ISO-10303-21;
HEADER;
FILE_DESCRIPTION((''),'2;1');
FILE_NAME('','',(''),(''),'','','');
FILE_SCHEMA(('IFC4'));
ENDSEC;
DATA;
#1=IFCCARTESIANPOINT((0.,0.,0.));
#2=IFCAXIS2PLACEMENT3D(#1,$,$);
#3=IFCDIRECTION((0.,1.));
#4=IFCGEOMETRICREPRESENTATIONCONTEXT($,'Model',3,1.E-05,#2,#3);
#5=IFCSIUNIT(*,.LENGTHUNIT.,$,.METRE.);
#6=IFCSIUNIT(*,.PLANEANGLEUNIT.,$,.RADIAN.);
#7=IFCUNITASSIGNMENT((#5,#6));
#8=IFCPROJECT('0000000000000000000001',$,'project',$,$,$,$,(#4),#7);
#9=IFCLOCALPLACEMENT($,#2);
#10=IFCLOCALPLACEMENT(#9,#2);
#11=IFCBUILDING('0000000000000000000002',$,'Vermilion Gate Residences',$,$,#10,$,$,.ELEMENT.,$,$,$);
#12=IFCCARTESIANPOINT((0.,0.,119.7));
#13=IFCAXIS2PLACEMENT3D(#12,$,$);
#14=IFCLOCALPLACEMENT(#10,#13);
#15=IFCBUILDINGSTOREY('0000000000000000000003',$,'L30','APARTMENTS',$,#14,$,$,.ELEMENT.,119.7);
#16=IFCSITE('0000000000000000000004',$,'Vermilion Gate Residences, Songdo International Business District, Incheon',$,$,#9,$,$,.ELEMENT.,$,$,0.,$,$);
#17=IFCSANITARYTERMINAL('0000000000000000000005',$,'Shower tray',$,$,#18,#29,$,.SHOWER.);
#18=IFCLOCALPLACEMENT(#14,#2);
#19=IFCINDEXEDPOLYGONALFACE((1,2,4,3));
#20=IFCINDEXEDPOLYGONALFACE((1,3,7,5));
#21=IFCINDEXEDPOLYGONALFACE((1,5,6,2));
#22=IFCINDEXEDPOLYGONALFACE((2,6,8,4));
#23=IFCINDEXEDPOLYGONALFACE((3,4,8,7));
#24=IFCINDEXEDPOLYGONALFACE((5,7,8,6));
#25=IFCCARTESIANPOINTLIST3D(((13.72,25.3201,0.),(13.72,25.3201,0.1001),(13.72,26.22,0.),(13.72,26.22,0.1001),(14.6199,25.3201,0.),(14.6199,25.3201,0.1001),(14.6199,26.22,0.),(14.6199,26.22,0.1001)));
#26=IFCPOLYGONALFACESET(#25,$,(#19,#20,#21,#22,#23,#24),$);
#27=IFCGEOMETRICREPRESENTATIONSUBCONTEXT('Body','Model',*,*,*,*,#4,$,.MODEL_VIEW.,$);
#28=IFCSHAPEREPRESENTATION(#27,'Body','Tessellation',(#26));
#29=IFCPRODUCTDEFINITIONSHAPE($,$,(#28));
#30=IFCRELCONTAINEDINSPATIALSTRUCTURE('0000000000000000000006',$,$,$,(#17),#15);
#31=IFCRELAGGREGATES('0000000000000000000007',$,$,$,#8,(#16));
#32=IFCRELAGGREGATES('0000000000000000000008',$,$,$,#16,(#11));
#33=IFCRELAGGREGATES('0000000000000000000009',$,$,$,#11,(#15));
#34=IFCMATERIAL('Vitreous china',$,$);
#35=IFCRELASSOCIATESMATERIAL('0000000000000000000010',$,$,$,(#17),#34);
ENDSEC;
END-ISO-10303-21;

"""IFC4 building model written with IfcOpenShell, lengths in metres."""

from ifc_helpers import new_model, si_unit, direction, frame, origin, origin_2d, place, context, subcontext, project, spatial, rectangle, extrude, material, element, save


model = new_model("IFC4")

# Units and contexts
model_context = context("Model", 3, precision=1e-05, world=origin(), true_north=direction((0.0, 1.0)))
body_context = subcontext(model_context, "Body", "Model", "MODEL_VIEW")
ifc_project = project(units=[si_unit("LENGTHUNIT", "METRE"), si_unit("PLANEANGLEUNIT", "RADIAN")], contexts=[model_context])

# Site, building, storey
site_placement = place(None, origin())
site = spatial("IfcSite", under=ifc_project, at=site_placement, Name="Vermilion Gate Residences, Songdo International Business District, Incheon", CompositionType="ELEMENT", RefElevation=0.0)
building_placement = place(site_placement, origin())
building = spatial("IfcBuilding", under=site, at=building_placement, Name="Vermilion Gate Residences", CompositionType="ELEMENT")
storey_placement = place(building_placement, frame((0.0, 0.0, 119.7)))
storey = spatial("IfcBuildingStorey", under=building, at=storey_placement, Name="L30", Description="APARTMENTS", CompositionType="ELEMENT", Elevation=119.7)

# Sanitary terminal
ifc_material_1 = material(Name="Vitreous china")
sanitary_terminal_1_placement = place(storey_placement, frame((14.1699, 25.77, 0.0), z_axis=(0.0, 0.0, 1.0), x_axis=(1.0, 0.0, 0.0)))
element("IfcSanitaryTerminal", 1, at=sanitary_terminal_1_placement, inside=storey, material=ifc_material_1, Name="Shower tray", PredefinedType="SHOWER", context=body_context, shape_type="SweptSolid", body=[
    extrude(rectangle(XDim=0.8999, YDim=0.8999, at=origin_2d()), origin(), (0.0, 0.0, 1.0), 0.1001),
])

save(model, "model.ifc")
